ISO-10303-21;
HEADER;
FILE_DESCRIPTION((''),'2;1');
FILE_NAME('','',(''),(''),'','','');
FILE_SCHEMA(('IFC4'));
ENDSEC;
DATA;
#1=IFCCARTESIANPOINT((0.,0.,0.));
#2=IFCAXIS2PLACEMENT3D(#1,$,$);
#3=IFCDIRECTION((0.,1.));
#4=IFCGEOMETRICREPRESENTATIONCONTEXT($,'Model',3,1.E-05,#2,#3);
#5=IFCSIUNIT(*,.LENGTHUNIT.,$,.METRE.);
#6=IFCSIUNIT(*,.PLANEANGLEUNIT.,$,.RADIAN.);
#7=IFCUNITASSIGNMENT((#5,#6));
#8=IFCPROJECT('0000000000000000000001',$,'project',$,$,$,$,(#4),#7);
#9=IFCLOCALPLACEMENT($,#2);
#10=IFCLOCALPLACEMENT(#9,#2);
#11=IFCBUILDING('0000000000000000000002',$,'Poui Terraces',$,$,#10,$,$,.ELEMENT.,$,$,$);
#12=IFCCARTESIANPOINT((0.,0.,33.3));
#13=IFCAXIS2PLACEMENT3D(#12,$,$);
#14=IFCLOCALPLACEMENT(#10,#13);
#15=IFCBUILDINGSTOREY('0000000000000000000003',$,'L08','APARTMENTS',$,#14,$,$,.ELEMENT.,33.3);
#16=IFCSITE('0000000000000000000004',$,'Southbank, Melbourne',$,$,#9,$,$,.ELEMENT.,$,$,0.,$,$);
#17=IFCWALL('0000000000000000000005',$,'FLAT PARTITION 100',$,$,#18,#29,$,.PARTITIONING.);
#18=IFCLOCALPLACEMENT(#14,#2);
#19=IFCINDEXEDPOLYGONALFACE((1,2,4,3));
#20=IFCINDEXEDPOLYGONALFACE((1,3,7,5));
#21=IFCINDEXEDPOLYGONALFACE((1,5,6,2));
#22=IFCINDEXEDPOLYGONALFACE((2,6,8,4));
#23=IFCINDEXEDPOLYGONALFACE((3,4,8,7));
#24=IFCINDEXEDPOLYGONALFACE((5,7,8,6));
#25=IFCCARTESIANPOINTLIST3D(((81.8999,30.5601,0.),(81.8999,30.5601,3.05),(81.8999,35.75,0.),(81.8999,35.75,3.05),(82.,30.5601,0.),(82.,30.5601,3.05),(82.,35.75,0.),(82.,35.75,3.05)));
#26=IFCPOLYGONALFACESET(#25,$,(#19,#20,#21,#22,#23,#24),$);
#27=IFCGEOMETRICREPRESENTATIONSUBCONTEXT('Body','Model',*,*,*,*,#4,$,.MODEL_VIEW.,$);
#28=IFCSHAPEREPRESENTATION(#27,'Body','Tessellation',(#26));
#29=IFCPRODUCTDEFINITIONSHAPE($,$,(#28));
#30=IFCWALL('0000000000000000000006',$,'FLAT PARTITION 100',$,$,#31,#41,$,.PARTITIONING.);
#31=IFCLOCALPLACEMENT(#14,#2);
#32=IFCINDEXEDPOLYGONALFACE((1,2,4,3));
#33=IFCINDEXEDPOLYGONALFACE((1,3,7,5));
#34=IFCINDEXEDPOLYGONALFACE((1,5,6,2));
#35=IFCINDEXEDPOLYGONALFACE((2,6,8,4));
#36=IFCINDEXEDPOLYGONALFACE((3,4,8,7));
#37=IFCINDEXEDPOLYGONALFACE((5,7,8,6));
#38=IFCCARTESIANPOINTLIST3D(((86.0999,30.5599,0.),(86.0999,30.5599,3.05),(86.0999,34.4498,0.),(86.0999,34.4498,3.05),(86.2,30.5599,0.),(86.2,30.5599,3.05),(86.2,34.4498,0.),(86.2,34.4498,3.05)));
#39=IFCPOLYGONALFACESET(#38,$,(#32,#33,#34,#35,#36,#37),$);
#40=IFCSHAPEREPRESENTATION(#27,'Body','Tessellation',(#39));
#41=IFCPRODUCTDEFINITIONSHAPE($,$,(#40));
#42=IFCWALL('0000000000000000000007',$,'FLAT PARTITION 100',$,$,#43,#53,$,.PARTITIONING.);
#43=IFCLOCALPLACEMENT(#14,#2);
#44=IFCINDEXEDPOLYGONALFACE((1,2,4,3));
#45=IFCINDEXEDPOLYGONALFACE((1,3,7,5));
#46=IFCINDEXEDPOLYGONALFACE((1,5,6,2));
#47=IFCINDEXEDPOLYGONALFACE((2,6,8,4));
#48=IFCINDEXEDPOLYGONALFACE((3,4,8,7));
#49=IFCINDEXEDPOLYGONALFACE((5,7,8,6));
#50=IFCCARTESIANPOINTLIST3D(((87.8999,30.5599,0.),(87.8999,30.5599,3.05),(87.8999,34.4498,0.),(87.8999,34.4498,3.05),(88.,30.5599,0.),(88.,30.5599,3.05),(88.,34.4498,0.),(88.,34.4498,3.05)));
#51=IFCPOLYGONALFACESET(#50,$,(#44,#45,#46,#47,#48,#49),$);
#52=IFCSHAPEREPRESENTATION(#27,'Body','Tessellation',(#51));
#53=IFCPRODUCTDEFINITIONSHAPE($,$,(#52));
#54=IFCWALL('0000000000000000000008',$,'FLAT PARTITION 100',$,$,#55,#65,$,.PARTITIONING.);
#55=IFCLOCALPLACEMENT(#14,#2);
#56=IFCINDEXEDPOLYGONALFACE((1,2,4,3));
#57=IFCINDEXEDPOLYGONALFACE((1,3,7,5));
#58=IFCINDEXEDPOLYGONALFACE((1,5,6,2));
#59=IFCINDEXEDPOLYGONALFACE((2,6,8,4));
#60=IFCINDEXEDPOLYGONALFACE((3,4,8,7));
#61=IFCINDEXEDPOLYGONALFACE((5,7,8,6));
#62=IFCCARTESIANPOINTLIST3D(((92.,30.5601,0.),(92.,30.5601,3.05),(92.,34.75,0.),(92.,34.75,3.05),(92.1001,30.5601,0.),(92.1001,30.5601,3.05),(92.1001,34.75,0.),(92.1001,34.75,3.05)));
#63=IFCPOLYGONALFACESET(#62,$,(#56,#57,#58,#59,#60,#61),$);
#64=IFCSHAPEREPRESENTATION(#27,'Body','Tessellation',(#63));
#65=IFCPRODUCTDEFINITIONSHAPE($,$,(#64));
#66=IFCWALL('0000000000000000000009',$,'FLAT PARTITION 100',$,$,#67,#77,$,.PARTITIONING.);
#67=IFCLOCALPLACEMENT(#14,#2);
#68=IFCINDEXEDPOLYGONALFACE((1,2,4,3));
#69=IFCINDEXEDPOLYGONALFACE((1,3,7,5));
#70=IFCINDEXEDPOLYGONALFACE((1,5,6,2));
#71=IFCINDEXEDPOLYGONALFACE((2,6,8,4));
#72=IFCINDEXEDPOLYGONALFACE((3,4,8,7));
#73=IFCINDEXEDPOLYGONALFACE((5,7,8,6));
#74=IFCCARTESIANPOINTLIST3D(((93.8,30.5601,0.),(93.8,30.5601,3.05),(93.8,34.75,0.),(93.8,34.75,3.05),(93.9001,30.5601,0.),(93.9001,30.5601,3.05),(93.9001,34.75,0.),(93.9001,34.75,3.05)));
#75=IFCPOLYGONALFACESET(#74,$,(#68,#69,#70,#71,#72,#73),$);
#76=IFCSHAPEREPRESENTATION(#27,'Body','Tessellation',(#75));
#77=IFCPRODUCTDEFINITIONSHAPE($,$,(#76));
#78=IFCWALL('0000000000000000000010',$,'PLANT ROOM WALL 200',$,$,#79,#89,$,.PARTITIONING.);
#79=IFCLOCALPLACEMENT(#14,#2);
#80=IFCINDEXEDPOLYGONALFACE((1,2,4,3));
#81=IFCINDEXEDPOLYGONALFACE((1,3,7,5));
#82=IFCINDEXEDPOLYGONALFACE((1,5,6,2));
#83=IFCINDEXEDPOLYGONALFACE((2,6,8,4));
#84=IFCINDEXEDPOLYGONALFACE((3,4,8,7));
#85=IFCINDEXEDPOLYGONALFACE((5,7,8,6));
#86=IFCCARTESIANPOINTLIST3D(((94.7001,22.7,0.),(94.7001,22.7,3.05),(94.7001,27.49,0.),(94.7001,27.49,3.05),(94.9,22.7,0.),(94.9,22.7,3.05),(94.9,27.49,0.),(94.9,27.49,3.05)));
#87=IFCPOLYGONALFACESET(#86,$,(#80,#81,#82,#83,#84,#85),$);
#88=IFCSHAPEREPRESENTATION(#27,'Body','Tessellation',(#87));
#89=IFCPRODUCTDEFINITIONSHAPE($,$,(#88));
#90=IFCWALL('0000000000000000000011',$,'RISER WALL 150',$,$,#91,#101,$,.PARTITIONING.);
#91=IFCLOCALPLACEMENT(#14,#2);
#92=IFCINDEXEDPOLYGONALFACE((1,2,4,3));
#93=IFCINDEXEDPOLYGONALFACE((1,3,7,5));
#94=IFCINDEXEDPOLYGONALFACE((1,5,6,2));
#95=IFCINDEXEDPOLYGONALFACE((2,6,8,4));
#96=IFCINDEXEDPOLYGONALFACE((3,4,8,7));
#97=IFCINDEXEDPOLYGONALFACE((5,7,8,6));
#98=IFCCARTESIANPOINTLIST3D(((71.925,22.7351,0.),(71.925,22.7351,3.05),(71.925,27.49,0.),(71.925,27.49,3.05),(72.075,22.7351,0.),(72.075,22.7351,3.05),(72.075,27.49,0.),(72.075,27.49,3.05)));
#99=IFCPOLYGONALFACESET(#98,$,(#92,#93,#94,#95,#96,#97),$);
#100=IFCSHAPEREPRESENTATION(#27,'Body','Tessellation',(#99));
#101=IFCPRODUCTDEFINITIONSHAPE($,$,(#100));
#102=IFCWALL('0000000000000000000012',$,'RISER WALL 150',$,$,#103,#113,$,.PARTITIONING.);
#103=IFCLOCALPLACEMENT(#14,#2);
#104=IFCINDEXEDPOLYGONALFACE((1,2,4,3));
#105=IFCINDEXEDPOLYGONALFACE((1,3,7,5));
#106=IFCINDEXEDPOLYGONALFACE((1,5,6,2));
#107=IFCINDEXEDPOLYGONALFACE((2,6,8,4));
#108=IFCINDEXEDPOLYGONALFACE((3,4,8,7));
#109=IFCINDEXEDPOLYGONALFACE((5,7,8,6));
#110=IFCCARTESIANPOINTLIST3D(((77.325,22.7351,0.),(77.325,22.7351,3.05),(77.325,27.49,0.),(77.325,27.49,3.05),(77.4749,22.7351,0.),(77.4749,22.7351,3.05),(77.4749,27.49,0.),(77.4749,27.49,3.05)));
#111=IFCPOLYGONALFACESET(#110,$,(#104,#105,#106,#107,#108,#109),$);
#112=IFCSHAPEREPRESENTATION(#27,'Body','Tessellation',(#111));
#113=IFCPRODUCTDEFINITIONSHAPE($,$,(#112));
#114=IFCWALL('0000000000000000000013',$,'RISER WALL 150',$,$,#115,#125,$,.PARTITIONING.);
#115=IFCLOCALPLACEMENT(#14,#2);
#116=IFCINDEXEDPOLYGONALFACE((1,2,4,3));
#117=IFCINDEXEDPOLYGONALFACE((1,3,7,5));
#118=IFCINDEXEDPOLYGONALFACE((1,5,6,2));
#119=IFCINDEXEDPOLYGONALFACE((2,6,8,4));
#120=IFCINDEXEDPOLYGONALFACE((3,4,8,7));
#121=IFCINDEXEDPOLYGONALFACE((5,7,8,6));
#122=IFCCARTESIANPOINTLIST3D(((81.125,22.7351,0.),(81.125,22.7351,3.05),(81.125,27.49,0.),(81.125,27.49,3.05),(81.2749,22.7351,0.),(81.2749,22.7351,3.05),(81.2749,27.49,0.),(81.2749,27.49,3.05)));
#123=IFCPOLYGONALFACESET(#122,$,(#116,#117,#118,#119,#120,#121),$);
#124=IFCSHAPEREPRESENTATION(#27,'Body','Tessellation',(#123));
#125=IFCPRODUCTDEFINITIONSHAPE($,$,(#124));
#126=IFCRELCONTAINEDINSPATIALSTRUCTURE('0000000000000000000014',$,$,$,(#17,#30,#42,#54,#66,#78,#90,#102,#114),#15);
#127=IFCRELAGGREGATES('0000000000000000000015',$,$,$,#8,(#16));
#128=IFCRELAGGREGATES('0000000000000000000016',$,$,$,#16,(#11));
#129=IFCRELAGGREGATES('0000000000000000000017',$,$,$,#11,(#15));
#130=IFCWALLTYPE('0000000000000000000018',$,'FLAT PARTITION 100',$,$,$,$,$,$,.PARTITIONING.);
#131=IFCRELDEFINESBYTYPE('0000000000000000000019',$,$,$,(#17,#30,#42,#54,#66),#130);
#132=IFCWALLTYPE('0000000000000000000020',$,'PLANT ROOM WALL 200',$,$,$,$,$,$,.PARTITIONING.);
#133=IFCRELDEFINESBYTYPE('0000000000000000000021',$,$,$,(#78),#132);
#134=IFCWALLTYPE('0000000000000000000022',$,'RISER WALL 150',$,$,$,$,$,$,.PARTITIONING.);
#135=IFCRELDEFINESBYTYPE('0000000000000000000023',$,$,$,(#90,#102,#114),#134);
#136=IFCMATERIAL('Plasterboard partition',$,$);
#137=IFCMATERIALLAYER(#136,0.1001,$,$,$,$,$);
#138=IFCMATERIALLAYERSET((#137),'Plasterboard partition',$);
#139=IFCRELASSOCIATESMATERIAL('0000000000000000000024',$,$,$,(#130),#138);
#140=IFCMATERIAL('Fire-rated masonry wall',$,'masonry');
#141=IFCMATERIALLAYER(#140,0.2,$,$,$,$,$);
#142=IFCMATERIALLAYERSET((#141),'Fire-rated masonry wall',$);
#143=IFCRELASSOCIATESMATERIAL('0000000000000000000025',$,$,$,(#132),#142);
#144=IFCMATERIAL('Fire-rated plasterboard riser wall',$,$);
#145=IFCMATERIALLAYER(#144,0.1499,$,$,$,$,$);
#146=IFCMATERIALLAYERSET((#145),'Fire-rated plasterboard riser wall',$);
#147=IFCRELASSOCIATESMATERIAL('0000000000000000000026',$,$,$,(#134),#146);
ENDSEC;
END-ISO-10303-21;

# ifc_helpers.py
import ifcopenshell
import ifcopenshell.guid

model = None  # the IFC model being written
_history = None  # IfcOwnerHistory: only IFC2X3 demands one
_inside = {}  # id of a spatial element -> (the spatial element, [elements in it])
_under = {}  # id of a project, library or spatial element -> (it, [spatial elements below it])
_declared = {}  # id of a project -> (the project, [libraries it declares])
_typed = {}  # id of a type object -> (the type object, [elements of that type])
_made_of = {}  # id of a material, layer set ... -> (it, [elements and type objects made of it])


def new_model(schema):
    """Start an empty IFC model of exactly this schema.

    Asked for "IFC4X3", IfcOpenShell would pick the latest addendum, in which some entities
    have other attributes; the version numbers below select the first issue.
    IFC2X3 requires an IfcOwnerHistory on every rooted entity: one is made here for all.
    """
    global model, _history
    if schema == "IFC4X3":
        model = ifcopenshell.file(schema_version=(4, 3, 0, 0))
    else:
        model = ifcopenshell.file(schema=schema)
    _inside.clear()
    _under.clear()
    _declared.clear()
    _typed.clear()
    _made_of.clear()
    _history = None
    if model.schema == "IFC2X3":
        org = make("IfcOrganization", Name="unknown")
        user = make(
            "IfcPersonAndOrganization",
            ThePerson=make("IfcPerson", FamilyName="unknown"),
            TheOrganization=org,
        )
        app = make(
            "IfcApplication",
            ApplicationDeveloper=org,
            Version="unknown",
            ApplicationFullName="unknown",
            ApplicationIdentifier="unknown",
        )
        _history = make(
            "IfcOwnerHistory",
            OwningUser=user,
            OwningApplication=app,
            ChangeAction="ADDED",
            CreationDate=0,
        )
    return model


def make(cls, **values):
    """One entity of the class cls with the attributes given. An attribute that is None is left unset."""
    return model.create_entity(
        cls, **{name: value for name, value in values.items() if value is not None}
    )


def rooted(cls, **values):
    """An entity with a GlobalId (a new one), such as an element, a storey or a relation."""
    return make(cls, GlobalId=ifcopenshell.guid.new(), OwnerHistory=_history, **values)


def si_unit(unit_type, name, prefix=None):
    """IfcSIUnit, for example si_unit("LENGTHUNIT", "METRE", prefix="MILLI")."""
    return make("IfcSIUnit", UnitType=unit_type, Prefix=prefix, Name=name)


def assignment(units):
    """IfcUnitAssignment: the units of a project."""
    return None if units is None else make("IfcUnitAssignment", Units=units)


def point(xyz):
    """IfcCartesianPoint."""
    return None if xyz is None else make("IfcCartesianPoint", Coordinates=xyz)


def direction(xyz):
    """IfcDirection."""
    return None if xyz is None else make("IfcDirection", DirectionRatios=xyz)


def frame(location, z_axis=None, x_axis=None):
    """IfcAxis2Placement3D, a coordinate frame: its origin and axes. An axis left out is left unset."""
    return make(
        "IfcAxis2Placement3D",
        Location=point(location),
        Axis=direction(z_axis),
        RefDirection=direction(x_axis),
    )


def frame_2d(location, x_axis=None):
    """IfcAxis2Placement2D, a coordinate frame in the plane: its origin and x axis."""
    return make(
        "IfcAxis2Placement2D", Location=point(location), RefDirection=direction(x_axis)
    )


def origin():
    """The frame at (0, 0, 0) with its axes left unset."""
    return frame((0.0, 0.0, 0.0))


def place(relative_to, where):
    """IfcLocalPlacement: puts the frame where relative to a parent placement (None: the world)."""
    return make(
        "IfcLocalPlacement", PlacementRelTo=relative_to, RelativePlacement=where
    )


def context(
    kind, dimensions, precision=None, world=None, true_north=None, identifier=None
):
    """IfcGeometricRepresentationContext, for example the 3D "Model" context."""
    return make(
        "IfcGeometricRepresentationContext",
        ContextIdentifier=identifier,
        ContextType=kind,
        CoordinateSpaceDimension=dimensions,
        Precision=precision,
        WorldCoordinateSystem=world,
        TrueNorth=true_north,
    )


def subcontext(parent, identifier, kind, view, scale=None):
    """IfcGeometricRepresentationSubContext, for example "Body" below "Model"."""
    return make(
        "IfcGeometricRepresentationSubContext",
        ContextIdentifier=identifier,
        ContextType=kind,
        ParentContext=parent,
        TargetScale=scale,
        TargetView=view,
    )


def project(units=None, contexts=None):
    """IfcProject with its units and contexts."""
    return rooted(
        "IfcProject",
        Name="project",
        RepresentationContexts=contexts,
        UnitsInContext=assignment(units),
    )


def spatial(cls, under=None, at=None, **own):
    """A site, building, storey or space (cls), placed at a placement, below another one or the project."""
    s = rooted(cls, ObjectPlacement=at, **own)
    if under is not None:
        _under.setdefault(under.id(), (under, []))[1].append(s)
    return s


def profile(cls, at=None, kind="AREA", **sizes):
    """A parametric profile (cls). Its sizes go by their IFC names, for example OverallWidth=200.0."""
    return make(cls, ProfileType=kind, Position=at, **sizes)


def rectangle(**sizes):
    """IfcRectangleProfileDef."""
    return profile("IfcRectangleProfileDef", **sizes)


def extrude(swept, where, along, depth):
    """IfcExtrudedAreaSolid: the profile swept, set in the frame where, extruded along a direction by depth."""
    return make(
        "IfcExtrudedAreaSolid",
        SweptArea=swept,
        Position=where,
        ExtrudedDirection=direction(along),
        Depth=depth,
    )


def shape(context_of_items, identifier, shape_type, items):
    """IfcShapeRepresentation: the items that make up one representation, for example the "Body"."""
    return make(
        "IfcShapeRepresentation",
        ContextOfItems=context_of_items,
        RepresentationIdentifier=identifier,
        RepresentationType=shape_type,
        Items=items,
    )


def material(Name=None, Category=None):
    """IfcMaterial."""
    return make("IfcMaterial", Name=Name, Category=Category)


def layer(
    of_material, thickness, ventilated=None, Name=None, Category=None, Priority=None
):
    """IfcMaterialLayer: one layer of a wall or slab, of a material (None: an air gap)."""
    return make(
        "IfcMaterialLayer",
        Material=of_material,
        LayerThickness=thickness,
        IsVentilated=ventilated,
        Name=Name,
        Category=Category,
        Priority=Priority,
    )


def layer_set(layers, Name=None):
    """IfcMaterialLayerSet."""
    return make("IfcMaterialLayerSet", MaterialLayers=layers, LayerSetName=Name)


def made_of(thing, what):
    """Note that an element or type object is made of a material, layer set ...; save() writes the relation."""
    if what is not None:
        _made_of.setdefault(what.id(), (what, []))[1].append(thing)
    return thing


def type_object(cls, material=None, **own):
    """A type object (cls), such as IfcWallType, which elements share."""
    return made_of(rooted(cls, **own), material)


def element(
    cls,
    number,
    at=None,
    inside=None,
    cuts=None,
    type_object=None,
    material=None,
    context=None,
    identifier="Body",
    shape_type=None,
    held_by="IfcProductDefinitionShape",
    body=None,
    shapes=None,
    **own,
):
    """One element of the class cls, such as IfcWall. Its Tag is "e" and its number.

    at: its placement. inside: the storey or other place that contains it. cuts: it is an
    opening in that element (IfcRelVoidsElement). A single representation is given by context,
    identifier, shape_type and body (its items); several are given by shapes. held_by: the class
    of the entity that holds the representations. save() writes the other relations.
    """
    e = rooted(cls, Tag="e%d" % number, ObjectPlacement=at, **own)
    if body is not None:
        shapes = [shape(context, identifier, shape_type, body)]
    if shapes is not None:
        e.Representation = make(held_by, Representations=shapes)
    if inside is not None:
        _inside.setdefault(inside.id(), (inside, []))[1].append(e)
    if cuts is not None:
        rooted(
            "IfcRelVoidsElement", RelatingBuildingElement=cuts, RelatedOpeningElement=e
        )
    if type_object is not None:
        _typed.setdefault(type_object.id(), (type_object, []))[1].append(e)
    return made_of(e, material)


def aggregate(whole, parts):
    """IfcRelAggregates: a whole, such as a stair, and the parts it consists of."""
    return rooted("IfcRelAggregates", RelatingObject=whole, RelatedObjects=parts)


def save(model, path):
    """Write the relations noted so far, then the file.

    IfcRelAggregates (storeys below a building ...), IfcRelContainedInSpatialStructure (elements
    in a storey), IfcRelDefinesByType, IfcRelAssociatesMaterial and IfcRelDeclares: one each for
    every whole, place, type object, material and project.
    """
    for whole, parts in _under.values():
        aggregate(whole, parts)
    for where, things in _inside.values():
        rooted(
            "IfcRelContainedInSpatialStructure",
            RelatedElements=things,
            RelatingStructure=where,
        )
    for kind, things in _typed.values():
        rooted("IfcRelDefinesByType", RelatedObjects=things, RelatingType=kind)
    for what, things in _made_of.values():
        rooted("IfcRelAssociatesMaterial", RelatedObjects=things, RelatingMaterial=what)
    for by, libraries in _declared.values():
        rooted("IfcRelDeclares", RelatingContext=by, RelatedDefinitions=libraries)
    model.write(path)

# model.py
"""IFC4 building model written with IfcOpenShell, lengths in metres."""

from ifc_helpers import new_model, si_unit, direction, frame, frame_2d, origin, place, context, subcontext, project, spatial, rectangle, extrude, material, layer, layer_set, type_object, element, save


model = new_model("IFC4")

# Units and contexts
model_context = context("Model", 3, precision=1e-05, world=origin(), true_north=direction((0.0, 1.0)))
body_context = subcontext(model_context, "Body", "Model", "MODEL_VIEW")
ifc_project = project(units=[si_unit("LENGTHUNIT", "METRE"), si_unit("PLANEANGLEUNIT", "RADIAN")], contexts=[model_context])

# Site, building, storey
site_placement = place(None, origin())
site = spatial("IfcSite", under=ifc_project, at=site_placement, Name="Southbank, Melbourne", CompositionType="ELEMENT", RefElevation=0.0)
building_placement = place(site_placement, origin())
building = spatial("IfcBuilding", under=site, at=building_placement, Name="Poui Terraces", CompositionType="ELEMENT")
storey_placement = place(building_placement, frame((0.0, 0.0, 33.3)))
storey = spatial("IfcBuildingStorey", under=building, at=storey_placement, Name="L08", Description="APARTMENTS", CompositionType="ELEMENT", Elevation=33.3)

# Walls
ifc_material_1 = material(Name="Plasterboard partition")
ifc_layer_1 = layer(ifc_material_1, 0.1001)
ifc_layer_set_1 = layer_set([ifc_layer_1], Name="Plasterboard partition")
wall_type_1 = type_object("IfcWallType", Name="FLAT PARTITION 100", PredefinedType="PARTITIONING", material=ifc_layer_set_1)
for number, where, z_axis, x_axis, name in (
    (1, (81.95, 30.5601, 0.0), (0.0, 0.0, 1.0), (0.0, 1.0, 0.0), "FLAT PARTITION 100"),
):
    element("IfcWall", number, at=place(storey_placement, frame(where, z_axis=z_axis, x_axis=x_axis)), inside=storey, type_object=wall_type_1, Name=name, PredefinedType="PARTITIONING", context=body_context, shape_type="SweptSolid", body=[
        extrude(rectangle(XDim=5.1899, YDim=0.1001, at=frame_2d((2.595, 0.0))), origin(), (0.0, 0.0, 1.0), 3.05),
    ])
for number, where, z_axis, x_axis, name in (
    (2, (86.1499, 30.5601, 0.0), (0.0, 0.0, 1.0), (0.0, 1.0, 0.0), "FLAT PARTITION 100"),
    (3, (87.95, 30.5601, 0.0), (0.0, 0.0, 1.0), (0.0, 1.0, 0.0), "FLAT PARTITION 100"),
):
    element("IfcWall", number, at=place(storey_placement, frame(where, z_axis=z_axis, x_axis=x_axis)), inside=storey, type_object=wall_type_1, Name=name, PredefinedType="PARTITIONING", context=body_context, shape_type="SweptSolid", body=[
        extrude(rectangle(XDim=3.8899, YDim=0.1001, at=frame_2d((1.9448, 0.0))), origin(), (0.0, 0.0, 1.0), 3.05),
    ])
for number, where, z_axis, x_axis, name in (
    (4, (92.05, 30.5601, 0.0), (0.0, 0.0, 1.0), (0.0, 1.0, 0.0), "FLAT PARTITION 100"),
    (5, (93.8501, 30.5601, 0.0), (0.0, 0.0, 1.0), (0.0, 1.0, 0.0), "FLAT PARTITION 100"),
):
    element("IfcWall", number, at=place(storey_placement, frame(where, z_axis=z_axis, x_axis=x_axis)), inside=storey, type_object=wall_type_1, Name=name, PredefinedType="PARTITIONING", context=body_context, shape_type="SweptSolid", body=[
        extrude(rectangle(XDim=4.1899, YDim=0.1001, at=frame_2d((2.095, 0.0))), origin(), (0.0, 0.0, 1.0), 3.05),
    ])
ifc_material_2 = material(Name="Fire-rated masonry wall", Category="masonry")
ifc_layer_2 = layer(ifc_material_2, 0.2)
ifc_layer_set_2 = layer_set([ifc_layer_2], Name="Fire-rated masonry wall")
wall_type_2 = type_object("IfcWallType", Name="PLANT ROOM WALL 200", PredefinedType="PARTITIONING", material=ifc_layer_set_2)
wall_1_placement = place(storey_placement, frame((94.8, 22.7, 0.0), z_axis=(0.0, 0.0, 1.0), x_axis=(0.0, 1.0, 0.0)))
element("IfcWall", 6, at=wall_1_placement, inside=storey, type_object=wall_type_2, Name="PLANT ROOM WALL 200", PredefinedType="PARTITIONING", context=body_context, shape_type="SweptSolid", body=[
    extrude(rectangle(XDim=4.79, YDim=0.2, at=frame_2d((2.395, 0.0))), origin(), (0.0, 0.0, 1.0), 3.05),
])
ifc_material_3 = material(Name="Fire-rated plasterboard riser wall")
ifc_layer_3 = layer(ifc_material_3, 0.1499)
ifc_layer_set_3 = layer_set([ifc_layer_3], Name="Fire-rated plasterboard riser wall")
wall_type_3 = type_object("IfcWallType", Name="RISER WALL 150", PredefinedType="PARTITIONING", material=ifc_layer_set_3)
for number, where, z_axis, x_axis, name in (
    (7, (72.0, 22.7351, 0.0), (0.0, 0.0, 1.0), (0.0, 1.0, 0.0), "RISER WALL 150"),
    (8, (77.3999, 22.7351, 0.0), (0.0, 0.0, 1.0), (0.0, 1.0, 0.0), "RISER WALL 150"),
    (9, (81.2, 22.7351, 0.0), (0.0, 0.0, 1.0), (0.0, 1.0, 0.0), "RISER WALL 150"),
):
    element("IfcWall", number, at=place(storey_placement, frame(where, z_axis=z_axis, x_axis=x_axis)), inside=storey, type_object=wall_type_3, Name=name, PredefinedType="PARTITIONING", context=body_context, shape_type="SweptSolid", body=[
        extrude(rectangle(XDim=4.7549, YDim=0.1499, at=frame_2d((2.3774, 0.0))), origin(), (0.0, 0.0, 1.0), 3.05),
    ])

save(model, "model.ifc")
